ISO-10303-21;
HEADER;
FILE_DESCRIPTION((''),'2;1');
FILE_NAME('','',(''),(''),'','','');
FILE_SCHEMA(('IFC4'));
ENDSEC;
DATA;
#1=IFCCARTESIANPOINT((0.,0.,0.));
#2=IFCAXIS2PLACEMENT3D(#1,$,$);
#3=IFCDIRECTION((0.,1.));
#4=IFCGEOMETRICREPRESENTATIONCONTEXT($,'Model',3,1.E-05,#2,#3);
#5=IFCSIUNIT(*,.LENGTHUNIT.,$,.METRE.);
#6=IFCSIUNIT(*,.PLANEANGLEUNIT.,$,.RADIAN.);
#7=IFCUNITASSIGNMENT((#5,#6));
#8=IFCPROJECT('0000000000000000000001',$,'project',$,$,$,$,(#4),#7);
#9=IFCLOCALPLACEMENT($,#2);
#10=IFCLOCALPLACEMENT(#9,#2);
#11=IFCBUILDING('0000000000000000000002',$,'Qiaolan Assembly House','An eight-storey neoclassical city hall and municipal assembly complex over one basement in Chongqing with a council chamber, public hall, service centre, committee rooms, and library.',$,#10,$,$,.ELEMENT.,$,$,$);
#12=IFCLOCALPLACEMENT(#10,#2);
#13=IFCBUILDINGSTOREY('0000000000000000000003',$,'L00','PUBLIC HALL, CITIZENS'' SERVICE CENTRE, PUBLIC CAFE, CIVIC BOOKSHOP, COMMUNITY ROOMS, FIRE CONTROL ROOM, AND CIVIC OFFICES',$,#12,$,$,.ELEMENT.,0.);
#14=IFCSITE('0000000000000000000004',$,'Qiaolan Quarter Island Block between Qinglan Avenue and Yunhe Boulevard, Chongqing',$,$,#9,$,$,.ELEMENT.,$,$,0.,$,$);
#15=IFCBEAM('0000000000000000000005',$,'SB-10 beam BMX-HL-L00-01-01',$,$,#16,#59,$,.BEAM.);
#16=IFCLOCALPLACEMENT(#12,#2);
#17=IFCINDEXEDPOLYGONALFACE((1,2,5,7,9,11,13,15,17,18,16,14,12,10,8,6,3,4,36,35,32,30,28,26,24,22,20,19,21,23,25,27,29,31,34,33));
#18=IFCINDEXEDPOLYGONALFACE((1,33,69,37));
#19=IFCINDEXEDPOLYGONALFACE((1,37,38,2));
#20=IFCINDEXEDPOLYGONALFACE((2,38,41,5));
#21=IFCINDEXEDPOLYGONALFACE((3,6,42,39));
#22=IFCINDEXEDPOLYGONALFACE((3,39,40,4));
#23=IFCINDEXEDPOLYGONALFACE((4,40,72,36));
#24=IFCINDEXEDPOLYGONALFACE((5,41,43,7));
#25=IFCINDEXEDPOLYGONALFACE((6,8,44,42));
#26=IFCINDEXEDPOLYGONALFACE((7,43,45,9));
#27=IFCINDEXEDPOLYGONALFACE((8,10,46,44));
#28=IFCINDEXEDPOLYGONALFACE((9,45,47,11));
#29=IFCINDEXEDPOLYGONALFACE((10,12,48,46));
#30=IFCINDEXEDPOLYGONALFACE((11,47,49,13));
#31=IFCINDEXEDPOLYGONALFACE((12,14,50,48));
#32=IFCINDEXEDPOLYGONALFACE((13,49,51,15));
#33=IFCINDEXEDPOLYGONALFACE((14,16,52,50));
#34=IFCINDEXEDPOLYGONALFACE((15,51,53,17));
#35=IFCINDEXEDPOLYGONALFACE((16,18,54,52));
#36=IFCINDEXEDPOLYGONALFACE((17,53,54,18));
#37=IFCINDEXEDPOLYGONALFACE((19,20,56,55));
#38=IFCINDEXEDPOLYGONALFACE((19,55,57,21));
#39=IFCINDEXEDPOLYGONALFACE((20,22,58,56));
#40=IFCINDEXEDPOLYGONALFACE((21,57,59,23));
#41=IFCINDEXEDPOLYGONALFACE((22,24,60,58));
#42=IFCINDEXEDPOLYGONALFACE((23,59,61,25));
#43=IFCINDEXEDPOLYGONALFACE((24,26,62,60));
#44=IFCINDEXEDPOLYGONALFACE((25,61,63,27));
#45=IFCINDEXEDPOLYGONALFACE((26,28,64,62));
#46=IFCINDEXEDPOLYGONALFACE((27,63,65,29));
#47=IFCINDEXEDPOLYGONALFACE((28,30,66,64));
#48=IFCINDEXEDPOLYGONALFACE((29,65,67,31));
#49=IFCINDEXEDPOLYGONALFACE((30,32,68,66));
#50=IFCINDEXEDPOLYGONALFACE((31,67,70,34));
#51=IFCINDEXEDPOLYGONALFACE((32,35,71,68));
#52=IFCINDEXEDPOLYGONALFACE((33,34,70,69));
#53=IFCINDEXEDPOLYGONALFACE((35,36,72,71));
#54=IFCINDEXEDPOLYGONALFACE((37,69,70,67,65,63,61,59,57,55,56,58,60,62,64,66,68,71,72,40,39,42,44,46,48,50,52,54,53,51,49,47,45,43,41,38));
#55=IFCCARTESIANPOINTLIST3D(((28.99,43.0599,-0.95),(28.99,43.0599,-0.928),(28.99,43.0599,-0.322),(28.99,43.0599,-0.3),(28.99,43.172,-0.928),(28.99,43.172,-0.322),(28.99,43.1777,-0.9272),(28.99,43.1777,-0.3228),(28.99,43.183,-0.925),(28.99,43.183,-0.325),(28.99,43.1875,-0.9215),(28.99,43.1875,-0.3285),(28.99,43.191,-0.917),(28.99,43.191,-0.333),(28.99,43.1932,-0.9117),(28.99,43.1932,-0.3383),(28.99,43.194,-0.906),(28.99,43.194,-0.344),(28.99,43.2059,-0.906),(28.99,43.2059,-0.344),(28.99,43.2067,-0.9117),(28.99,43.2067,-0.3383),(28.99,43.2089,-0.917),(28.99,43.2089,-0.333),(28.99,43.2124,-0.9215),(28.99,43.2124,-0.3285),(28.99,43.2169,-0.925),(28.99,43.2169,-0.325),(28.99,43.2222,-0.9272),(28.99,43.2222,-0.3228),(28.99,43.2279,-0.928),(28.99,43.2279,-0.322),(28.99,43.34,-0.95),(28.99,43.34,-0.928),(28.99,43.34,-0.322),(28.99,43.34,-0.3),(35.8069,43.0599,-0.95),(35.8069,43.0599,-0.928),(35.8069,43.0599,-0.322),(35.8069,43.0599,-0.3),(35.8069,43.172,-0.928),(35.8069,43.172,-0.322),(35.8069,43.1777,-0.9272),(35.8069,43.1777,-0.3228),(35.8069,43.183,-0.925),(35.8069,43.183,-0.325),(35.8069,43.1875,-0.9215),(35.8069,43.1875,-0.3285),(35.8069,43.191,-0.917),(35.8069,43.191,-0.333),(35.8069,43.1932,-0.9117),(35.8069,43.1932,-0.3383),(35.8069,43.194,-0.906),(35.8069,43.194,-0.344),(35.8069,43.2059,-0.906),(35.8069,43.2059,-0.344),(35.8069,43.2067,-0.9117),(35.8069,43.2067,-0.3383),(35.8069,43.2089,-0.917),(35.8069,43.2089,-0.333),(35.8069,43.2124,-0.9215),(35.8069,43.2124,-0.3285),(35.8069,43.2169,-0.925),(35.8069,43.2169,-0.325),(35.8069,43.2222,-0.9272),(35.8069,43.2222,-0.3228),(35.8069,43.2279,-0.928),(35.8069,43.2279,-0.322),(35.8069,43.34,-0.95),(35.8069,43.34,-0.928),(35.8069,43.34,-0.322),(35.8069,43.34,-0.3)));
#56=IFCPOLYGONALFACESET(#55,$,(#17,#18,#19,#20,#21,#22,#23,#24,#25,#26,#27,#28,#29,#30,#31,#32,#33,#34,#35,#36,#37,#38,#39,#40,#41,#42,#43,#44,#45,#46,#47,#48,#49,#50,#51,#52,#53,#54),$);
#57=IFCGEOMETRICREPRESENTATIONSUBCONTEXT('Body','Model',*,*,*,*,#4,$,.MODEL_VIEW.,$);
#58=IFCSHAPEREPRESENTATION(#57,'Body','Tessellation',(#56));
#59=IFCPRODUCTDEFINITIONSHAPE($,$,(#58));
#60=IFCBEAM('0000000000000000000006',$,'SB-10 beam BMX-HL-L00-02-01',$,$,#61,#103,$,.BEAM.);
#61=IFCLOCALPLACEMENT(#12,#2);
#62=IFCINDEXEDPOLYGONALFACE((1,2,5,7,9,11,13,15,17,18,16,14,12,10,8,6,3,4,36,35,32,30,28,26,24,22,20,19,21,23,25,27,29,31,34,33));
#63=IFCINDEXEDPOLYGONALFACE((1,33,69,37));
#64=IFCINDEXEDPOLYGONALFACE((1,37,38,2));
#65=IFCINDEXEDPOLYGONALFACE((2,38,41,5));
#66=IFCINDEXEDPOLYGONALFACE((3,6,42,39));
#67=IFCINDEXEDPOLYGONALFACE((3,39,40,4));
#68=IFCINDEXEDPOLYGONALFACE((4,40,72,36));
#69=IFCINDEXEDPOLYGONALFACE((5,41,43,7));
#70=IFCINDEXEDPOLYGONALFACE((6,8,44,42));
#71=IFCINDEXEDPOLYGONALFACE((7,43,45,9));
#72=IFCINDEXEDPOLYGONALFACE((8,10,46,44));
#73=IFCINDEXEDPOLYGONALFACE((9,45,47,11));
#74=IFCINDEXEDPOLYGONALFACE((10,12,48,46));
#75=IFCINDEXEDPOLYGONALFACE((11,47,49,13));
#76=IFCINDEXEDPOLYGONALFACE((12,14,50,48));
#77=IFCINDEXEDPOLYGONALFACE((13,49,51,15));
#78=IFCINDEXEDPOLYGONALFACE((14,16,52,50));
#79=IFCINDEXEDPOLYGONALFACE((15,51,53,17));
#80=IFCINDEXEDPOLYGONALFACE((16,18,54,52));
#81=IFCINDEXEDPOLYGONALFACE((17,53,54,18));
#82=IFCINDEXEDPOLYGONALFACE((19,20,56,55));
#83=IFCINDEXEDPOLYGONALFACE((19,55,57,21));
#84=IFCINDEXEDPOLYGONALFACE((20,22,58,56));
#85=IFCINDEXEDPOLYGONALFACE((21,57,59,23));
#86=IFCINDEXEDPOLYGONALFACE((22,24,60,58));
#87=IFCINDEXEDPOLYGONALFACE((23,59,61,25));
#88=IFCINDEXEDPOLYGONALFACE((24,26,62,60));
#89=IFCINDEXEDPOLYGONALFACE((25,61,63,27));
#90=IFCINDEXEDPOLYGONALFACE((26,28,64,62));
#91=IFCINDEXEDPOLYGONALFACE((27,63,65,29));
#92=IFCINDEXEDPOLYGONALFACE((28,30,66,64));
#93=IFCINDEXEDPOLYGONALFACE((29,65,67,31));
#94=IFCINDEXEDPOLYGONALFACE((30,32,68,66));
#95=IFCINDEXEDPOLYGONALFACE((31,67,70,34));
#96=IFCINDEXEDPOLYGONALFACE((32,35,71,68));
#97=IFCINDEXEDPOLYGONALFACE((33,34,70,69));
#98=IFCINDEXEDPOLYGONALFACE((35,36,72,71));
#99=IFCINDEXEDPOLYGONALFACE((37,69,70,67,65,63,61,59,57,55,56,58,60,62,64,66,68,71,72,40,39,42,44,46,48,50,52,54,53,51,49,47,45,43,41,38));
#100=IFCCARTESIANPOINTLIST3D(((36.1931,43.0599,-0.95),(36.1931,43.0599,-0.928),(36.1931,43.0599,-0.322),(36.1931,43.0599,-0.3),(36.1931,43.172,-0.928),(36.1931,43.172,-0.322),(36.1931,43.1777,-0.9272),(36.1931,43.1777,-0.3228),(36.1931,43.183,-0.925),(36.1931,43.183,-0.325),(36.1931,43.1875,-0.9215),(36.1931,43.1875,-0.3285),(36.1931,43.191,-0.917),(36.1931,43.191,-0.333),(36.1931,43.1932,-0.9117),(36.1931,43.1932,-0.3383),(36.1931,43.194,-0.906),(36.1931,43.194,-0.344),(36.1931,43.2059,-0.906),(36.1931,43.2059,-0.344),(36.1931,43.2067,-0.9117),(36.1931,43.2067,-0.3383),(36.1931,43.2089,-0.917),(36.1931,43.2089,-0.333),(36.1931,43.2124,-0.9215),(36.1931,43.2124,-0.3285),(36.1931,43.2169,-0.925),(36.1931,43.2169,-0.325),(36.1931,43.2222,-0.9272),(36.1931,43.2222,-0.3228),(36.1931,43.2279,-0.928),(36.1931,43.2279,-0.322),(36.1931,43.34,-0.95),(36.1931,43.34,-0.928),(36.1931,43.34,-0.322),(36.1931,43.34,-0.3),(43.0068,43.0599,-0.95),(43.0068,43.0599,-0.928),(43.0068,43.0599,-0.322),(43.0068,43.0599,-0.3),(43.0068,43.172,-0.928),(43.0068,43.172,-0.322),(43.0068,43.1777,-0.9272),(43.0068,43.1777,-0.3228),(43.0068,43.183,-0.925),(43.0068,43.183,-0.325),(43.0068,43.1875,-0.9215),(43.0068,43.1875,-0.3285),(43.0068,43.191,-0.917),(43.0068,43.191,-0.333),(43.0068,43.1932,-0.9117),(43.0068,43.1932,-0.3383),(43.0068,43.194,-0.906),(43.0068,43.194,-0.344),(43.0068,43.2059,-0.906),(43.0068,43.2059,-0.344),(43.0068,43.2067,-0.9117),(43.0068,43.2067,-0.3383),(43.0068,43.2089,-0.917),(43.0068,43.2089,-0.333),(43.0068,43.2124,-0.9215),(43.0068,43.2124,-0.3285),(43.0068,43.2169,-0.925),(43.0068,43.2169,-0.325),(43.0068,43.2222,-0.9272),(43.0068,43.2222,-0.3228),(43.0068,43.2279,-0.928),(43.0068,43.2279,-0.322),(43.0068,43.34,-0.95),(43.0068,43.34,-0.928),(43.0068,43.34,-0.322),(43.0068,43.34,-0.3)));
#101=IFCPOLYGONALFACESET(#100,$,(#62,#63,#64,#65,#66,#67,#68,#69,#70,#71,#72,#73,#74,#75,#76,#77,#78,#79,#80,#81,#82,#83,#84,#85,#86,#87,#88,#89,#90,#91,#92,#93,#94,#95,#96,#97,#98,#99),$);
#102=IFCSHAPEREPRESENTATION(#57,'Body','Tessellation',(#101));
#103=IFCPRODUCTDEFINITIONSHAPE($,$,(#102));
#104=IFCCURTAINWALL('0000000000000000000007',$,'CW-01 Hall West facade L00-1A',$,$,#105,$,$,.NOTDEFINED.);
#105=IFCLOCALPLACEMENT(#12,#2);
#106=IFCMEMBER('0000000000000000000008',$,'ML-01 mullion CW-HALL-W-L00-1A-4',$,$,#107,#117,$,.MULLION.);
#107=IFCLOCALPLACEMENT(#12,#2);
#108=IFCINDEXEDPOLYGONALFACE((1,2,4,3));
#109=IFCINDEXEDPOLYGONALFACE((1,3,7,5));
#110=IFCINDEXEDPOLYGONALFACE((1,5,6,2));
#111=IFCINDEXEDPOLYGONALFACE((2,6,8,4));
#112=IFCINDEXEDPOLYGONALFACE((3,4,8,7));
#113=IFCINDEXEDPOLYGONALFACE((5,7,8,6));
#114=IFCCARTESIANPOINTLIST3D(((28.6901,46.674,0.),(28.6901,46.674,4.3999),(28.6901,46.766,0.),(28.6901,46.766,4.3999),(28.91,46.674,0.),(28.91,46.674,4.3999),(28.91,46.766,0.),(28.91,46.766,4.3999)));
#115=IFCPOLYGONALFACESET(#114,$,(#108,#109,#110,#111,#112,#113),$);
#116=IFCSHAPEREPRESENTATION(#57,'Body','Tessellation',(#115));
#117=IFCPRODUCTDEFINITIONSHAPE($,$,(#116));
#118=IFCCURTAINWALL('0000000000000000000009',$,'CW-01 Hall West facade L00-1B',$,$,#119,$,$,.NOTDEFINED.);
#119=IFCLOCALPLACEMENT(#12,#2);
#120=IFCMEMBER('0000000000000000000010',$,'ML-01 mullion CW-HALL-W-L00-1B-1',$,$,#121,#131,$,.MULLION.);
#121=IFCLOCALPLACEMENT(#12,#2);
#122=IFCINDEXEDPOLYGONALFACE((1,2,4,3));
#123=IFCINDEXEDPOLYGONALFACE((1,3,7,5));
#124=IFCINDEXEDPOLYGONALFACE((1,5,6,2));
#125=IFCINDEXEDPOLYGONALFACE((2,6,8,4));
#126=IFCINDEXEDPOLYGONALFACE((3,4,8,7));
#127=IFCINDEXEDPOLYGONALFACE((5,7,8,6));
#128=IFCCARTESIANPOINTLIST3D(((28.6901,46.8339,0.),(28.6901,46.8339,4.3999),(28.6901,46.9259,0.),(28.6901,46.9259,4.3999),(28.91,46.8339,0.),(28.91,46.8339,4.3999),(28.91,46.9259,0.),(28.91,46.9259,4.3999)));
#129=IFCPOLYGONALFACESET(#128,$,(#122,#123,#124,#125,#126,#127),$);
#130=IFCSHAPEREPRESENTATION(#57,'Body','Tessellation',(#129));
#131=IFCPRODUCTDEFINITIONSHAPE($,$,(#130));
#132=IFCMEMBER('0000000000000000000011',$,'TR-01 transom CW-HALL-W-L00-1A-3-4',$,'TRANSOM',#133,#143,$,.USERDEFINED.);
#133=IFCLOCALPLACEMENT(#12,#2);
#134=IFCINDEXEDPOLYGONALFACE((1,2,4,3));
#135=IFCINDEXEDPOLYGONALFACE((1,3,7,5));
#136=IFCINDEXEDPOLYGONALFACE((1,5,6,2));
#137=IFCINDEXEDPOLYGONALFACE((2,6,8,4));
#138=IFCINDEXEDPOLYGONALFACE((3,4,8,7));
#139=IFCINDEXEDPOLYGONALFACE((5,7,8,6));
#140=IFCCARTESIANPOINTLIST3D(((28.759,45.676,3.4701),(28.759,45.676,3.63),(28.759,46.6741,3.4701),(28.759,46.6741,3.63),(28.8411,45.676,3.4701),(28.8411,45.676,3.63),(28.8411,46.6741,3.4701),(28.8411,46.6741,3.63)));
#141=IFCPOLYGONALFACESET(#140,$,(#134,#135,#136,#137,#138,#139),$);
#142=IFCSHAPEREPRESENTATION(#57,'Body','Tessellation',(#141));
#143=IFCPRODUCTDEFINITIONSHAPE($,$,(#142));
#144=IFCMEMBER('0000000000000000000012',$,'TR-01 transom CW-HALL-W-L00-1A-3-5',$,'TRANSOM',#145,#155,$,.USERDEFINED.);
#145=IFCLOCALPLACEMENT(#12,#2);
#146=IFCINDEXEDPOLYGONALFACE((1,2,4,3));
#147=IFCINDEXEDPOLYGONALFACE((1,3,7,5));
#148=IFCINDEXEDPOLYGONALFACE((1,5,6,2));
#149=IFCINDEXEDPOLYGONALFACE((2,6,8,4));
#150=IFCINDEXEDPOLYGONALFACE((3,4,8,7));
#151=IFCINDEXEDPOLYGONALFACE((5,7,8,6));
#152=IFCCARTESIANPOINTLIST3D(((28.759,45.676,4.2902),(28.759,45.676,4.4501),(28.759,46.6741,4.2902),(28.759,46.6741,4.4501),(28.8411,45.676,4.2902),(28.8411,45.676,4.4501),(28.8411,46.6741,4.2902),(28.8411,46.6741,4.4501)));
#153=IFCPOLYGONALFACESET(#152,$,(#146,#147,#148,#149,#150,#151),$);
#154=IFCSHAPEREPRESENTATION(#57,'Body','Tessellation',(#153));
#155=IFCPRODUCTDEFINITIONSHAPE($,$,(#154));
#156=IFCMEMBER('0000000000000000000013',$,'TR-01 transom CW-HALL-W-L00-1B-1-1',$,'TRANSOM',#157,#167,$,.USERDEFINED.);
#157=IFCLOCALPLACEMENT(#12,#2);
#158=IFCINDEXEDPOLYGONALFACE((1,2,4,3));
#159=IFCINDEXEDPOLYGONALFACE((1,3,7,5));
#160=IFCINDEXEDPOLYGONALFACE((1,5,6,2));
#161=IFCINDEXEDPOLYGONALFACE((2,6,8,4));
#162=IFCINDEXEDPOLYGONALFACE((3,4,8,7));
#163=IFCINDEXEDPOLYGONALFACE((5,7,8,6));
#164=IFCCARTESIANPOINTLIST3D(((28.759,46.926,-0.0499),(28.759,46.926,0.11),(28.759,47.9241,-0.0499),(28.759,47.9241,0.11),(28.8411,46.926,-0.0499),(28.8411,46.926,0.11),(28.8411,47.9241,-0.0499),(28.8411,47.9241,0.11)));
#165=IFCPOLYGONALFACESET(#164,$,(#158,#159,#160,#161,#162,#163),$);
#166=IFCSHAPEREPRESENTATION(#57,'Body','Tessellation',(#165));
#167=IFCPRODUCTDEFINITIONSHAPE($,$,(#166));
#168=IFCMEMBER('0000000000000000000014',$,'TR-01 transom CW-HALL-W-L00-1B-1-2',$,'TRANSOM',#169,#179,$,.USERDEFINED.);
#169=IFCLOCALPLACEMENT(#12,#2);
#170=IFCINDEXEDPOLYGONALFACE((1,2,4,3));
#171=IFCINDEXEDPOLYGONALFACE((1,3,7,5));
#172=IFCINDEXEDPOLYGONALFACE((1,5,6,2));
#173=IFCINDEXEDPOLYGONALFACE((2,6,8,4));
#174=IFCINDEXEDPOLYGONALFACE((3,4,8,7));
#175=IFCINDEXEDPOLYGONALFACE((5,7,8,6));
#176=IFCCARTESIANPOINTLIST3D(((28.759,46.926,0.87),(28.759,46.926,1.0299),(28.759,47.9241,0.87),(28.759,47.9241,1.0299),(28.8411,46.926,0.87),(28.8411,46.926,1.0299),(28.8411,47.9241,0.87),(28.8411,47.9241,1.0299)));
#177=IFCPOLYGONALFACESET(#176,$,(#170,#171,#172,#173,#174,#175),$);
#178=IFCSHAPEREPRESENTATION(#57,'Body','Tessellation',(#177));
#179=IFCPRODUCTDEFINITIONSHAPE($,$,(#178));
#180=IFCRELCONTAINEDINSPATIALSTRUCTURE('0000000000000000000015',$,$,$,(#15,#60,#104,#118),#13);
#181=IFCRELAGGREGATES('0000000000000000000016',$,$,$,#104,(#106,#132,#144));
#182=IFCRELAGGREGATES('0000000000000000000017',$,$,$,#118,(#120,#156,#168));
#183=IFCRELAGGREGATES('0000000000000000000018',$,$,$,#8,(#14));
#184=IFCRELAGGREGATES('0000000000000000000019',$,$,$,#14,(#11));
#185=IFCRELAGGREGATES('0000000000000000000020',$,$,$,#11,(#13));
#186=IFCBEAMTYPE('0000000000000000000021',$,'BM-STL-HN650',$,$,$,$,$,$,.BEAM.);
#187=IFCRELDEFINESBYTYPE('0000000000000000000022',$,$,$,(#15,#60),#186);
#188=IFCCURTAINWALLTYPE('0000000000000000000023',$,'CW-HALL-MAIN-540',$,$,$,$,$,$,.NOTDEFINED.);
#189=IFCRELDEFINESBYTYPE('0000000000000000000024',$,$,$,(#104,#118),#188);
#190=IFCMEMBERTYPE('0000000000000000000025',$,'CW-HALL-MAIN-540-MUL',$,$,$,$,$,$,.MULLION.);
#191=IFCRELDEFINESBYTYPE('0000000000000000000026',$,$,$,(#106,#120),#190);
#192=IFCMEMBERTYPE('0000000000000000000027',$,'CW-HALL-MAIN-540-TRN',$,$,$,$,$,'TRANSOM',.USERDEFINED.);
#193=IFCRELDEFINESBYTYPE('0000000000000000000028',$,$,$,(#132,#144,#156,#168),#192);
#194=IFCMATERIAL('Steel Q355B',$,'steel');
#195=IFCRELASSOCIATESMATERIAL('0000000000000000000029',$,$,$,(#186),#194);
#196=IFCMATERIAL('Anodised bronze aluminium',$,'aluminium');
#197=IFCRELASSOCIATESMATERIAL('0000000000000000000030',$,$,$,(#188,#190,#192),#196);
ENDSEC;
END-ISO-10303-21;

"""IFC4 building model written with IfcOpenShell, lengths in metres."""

from ifc_helpers import new_model, si_unit, direction, frame, origin, origin_2d, place, context, subcontext, project, spatial, rectangle, i_section, extrude, material, material_profile, profile_set, type_object, element, aggregate, save


model = new_model("IFC4")

# Units and contexts
model_context = context("Model", 3, precision=1e-05, world=origin(), true_north=direction((0.0, 1.0)))
body_context = subcontext(model_context, "Body", "Model", "MODEL_VIEW")
ifc_project = project(units=[si_unit("LENGTHUNIT", "METRE"), si_unit("PLANEANGLEUNIT", "RADIAN")], contexts=[model_context])

# Site, building, storey
site_placement = place(None, origin())
site = spatial("IfcSite", under=ifc_project, at=site_placement, Name="Qiaolan Quarter Island Block between Qinglan Avenue and Yunhe Boulevard, Chongqing", CompositionType="ELEMENT", RefElevation=0.0)
building_placement = place(site_placement, origin())
building = spatial("IfcBuilding", under=site, at=building_placement, Name="Qiaolan Assembly House", Description="An eight-storey neoclassical city hall and municipal assembly complex over one basement in Chongqing with a council chamber, public hall, service centre, committee rooms, and library.", CompositionType="ELEMENT")
storey_placement = place(building_placement, origin())
storey = spatial("IfcBuildingStorey", under=building, at=storey_placement, Name="L00", Description="PUBLIC HALL, CITIZENS' SERVICE CENTRE, PUBLIC CAFE, CIVIC BOOKSHOP, COMMUNITY ROOMS, FIRE CONTROL ROOM, AND CIVIC OFFICES", CompositionType="ELEMENT", Elevation=0.0)

# Shared definitions
ifc_material_1 = material(Name="Steel Q355B", Category="steel")

# Beams
ifc_material_profile_1 = material_profile(ifc_material_1, i_section(OverallWidth=0.28, OverallDepth=0.6499, WebThickness=0.012, FlangeThickness=0.022, FilletRadius=0.022, at=origin_2d()), Name="HN 650x280x12x22")
ifc_profile_set_1 = profile_set([ifc_material_profile_1], Name="Steel Q355B")
beam_type_1 = type_object("IfcBeamType", Name="BM-STL-HN650", PredefinedType="BEAM", material=ifc_profile_set_1)
beam_1_placement = place(storey_placement, frame((28.99, 43.2, -0.625), z_axis=(1.0, 0.0, 0.0), x_axis=(0.0, 1.0, 0.0)))
element("IfcBeam", 1, at=beam_1_placement, inside=storey, type_object=beam_type_1, Name="SB-10 beam BMX-HL-L00-01-01", PredefinedType="BEAM", context=body_context, shape_type="SweptSolid", body=[
    extrude(i_section(OverallWidth=0.28, OverallDepth=0.6499, WebThickness=0.012, FlangeThickness=0.022, FilletRadius=0.022, at=origin_2d()), origin(), (0.0, 0.0, 1.0), 6.8169),
])
beam_2_placement = place(storey_placement, frame((36.1931, 43.2, -0.625), z_axis=(1.0, 0.0, 0.0), x_axis=(0.0, 1.0, 0.0)))
element("IfcBeam", 2, at=beam_2_placement, inside=storey, type_object=beam_type_1, Name="SB-10 beam BMX-HL-L00-02-01", PredefinedType="BEAM", context=body_context, shape_type="SweptSolid", body=[
    extrude(i_section(OverallWidth=0.28, OverallDepth=0.6499, WebThickness=0.012, FlangeThickness=0.022, FilletRadius=0.022, at=origin_2d()), origin(), (0.0, 0.0, 1.0), 6.8137),
])

# Curtain walls, members
ifc_material_2 = material(Name="Anodised bronze aluminium", Category="aluminium")
curtain_wall_type = type_object("IfcCurtainWallType", Name="CW-HALL-MAIN-540", PredefinedType="NOTDEFINED", material=ifc_material_2)
curtain_wall_1_placement = place(storey_placement, origin())
curtain_wall_1 = element("IfcCurtainWall", 3, at=curtain_wall_1_placement, inside=storey, type_object=curtain_wall_type, Name="CW-01 Hall West facade L00-1A", PredefinedType="NOTDEFINED")
ifc_material_profile_2 = material_profile(ifc_material_2, rectangle(XDim=0.092, YDim=0.22, at=origin_2d()), Name="MUL 92x220")
ifc_profile_set_2 = profile_set([ifc_material_profile_2], Name="Anodised bronze aluminium")
member_type_1 = type_object("IfcMemberType", Name="CW-HALL-MAIN-540-MUL", PredefinedType="MULLION", material=ifc_profile_set_2)
member_1_placement = place(storey_placement, frame((28.8, 46.72, 0.0), z_axis=(0.0, 0.0, 1.0), x_axis=(0.0, 1.0, 0.0)))
member_1 = element("IfcMember", 4, at=member_1_placement, type_object=member_type_1, Name="ML-01 mullion CW-HALL-W-L00-1A-4", PredefinedType="MULLION", context=body_context, shape_type="SweptSolid", body=[
    extrude(rectangle(XDim=0.092, YDim=0.22, at=origin_2d()), origin(), (0.0, 0.0, 1.0), 4.3999),
])
curtain_wall_2_placement = place(storey_placement, origin())
curtain_wall_2 = element("IfcCurtainWall", 5, at=curtain_wall_2_placement, inside=storey, type_object=curtain_wall_type, Name="CW-01 Hall West facade L00-1B", PredefinedType="NOTDEFINED")
member_2_placement = place(storey_placement, frame((28.8, 46.8799, 0.0), z_axis=(0.0, 0.0, 1.0), x_axis=(0.0, 1.0, 0.0)))
member_2 = element("IfcMember", 6, at=member_2_placement, type_object=member_type_1, Name="ML-01 mullion CW-HALL-W-L00-1B-1", PredefinedType="MULLION", context=body_context, shape_type="SweptSolid", body=[
    extrude(rectangle(XDim=0.092, YDim=0.22, at=origin_2d()), origin(), (0.0, 0.0, 1.0), 4.3999),
])

# Members
ifc_material_profile_3 = material_profile(ifc_material_2, rectangle(XDim=0.082, YDim=0.1599, at=origin_2d()), Name="TRN 82x160")
ifc_profile_set_3 = profile_set([ifc_material_profile_3], Name="Anodised bronze aluminium")
member_type_2 = type_object("IfcMemberType", Name="CW-HALL-MAIN-540-TRN", ElementType="TRANSOM", PredefinedType="USERDEFINED", material=ifc_profile_set_3)
member_3_placement = place(storey_placement, frame((28.8, 45.676, 3.55), z_axis=(0.0, 1.0, 0.0), x_axis=(-1.0, 0.0, 0.0)))
member_3 = element("IfcMember", 7, at=member_3_placement, type_object=member_type_2, Name="TR-01 transom CW-HALL-W-L00-1A-3-4", ObjectType="TRANSOM", PredefinedType="USERDEFINED", context=body_context, shape_type="SweptSolid", body=[
    extrude(rectangle(XDim=0.082, YDim=0.1599, at=origin_2d()), origin(), (0.0, 0.0, 1.0), 0.998),
])
member_4_placement = place(storey_placement, frame((28.8, 45.676, 4.3701), z_axis=(0.0, 1.0, 0.0), x_axis=(-1.0, 0.0, 0.0)))
member_4 = element("IfcMember", 8, at=member_4_placement, type_object=member_type_2, Name="TR-01 transom CW-HALL-W-L00-1A-3-5", ObjectType="TRANSOM", PredefinedType="USERDEFINED", context=body_context, shape_type="SweptSolid", body=[
    extrude(rectangle(XDim=0.082, YDim=0.1599, at=origin_2d()), origin(), (0.0, 0.0, 1.0), 0.998),
])
aggregate(curtain_wall_1, [member_1, member_3, member_4])
member_5_placement = place(storey_placement, frame((28.8, 46.926, 0.03), z_axis=(0.0, 1.0, 0.0), x_axis=(-1.0, 0.0, 0.0)))
member_5 = element("IfcMember", 9, at=member_5_placement, type_object=member_type_2, Name="TR-01 transom CW-HALL-W-L00-1B-1-1", ObjectType="TRANSOM", PredefinedType="USERDEFINED", context=body_context, shape_type="SweptSolid", body=[
    extrude(rectangle(XDim=0.082, YDim=0.1599, at=origin_2d()), origin(), (0.0, 0.0, 1.0), 0.998),
])
member_6_placement = place(storey_placement, frame((28.8, 46.926, 0.95), z_axis=(0.0, 1.0, 0.0), x_axis=(-1.0, 0.0, 0.0)))
member_6 = element("IfcMember", 10, at=member_6_placement, type_object=member_type_2, Name="TR-01 transom CW-HALL-W-L00-1B-1-2", ObjectType="TRANSOM", PredefinedType="USERDEFINED", context=body_context, shape_type="SweptSolid", body=[
    extrude(rectangle(XDim=0.082, YDim=0.1599, at=origin_2d()), origin(), (0.0, 0.0, 1.0), 0.998),
])

aggregate(curtain_wall_2, [member_2, member_5, member_6])

save(model, "model.ifc")
